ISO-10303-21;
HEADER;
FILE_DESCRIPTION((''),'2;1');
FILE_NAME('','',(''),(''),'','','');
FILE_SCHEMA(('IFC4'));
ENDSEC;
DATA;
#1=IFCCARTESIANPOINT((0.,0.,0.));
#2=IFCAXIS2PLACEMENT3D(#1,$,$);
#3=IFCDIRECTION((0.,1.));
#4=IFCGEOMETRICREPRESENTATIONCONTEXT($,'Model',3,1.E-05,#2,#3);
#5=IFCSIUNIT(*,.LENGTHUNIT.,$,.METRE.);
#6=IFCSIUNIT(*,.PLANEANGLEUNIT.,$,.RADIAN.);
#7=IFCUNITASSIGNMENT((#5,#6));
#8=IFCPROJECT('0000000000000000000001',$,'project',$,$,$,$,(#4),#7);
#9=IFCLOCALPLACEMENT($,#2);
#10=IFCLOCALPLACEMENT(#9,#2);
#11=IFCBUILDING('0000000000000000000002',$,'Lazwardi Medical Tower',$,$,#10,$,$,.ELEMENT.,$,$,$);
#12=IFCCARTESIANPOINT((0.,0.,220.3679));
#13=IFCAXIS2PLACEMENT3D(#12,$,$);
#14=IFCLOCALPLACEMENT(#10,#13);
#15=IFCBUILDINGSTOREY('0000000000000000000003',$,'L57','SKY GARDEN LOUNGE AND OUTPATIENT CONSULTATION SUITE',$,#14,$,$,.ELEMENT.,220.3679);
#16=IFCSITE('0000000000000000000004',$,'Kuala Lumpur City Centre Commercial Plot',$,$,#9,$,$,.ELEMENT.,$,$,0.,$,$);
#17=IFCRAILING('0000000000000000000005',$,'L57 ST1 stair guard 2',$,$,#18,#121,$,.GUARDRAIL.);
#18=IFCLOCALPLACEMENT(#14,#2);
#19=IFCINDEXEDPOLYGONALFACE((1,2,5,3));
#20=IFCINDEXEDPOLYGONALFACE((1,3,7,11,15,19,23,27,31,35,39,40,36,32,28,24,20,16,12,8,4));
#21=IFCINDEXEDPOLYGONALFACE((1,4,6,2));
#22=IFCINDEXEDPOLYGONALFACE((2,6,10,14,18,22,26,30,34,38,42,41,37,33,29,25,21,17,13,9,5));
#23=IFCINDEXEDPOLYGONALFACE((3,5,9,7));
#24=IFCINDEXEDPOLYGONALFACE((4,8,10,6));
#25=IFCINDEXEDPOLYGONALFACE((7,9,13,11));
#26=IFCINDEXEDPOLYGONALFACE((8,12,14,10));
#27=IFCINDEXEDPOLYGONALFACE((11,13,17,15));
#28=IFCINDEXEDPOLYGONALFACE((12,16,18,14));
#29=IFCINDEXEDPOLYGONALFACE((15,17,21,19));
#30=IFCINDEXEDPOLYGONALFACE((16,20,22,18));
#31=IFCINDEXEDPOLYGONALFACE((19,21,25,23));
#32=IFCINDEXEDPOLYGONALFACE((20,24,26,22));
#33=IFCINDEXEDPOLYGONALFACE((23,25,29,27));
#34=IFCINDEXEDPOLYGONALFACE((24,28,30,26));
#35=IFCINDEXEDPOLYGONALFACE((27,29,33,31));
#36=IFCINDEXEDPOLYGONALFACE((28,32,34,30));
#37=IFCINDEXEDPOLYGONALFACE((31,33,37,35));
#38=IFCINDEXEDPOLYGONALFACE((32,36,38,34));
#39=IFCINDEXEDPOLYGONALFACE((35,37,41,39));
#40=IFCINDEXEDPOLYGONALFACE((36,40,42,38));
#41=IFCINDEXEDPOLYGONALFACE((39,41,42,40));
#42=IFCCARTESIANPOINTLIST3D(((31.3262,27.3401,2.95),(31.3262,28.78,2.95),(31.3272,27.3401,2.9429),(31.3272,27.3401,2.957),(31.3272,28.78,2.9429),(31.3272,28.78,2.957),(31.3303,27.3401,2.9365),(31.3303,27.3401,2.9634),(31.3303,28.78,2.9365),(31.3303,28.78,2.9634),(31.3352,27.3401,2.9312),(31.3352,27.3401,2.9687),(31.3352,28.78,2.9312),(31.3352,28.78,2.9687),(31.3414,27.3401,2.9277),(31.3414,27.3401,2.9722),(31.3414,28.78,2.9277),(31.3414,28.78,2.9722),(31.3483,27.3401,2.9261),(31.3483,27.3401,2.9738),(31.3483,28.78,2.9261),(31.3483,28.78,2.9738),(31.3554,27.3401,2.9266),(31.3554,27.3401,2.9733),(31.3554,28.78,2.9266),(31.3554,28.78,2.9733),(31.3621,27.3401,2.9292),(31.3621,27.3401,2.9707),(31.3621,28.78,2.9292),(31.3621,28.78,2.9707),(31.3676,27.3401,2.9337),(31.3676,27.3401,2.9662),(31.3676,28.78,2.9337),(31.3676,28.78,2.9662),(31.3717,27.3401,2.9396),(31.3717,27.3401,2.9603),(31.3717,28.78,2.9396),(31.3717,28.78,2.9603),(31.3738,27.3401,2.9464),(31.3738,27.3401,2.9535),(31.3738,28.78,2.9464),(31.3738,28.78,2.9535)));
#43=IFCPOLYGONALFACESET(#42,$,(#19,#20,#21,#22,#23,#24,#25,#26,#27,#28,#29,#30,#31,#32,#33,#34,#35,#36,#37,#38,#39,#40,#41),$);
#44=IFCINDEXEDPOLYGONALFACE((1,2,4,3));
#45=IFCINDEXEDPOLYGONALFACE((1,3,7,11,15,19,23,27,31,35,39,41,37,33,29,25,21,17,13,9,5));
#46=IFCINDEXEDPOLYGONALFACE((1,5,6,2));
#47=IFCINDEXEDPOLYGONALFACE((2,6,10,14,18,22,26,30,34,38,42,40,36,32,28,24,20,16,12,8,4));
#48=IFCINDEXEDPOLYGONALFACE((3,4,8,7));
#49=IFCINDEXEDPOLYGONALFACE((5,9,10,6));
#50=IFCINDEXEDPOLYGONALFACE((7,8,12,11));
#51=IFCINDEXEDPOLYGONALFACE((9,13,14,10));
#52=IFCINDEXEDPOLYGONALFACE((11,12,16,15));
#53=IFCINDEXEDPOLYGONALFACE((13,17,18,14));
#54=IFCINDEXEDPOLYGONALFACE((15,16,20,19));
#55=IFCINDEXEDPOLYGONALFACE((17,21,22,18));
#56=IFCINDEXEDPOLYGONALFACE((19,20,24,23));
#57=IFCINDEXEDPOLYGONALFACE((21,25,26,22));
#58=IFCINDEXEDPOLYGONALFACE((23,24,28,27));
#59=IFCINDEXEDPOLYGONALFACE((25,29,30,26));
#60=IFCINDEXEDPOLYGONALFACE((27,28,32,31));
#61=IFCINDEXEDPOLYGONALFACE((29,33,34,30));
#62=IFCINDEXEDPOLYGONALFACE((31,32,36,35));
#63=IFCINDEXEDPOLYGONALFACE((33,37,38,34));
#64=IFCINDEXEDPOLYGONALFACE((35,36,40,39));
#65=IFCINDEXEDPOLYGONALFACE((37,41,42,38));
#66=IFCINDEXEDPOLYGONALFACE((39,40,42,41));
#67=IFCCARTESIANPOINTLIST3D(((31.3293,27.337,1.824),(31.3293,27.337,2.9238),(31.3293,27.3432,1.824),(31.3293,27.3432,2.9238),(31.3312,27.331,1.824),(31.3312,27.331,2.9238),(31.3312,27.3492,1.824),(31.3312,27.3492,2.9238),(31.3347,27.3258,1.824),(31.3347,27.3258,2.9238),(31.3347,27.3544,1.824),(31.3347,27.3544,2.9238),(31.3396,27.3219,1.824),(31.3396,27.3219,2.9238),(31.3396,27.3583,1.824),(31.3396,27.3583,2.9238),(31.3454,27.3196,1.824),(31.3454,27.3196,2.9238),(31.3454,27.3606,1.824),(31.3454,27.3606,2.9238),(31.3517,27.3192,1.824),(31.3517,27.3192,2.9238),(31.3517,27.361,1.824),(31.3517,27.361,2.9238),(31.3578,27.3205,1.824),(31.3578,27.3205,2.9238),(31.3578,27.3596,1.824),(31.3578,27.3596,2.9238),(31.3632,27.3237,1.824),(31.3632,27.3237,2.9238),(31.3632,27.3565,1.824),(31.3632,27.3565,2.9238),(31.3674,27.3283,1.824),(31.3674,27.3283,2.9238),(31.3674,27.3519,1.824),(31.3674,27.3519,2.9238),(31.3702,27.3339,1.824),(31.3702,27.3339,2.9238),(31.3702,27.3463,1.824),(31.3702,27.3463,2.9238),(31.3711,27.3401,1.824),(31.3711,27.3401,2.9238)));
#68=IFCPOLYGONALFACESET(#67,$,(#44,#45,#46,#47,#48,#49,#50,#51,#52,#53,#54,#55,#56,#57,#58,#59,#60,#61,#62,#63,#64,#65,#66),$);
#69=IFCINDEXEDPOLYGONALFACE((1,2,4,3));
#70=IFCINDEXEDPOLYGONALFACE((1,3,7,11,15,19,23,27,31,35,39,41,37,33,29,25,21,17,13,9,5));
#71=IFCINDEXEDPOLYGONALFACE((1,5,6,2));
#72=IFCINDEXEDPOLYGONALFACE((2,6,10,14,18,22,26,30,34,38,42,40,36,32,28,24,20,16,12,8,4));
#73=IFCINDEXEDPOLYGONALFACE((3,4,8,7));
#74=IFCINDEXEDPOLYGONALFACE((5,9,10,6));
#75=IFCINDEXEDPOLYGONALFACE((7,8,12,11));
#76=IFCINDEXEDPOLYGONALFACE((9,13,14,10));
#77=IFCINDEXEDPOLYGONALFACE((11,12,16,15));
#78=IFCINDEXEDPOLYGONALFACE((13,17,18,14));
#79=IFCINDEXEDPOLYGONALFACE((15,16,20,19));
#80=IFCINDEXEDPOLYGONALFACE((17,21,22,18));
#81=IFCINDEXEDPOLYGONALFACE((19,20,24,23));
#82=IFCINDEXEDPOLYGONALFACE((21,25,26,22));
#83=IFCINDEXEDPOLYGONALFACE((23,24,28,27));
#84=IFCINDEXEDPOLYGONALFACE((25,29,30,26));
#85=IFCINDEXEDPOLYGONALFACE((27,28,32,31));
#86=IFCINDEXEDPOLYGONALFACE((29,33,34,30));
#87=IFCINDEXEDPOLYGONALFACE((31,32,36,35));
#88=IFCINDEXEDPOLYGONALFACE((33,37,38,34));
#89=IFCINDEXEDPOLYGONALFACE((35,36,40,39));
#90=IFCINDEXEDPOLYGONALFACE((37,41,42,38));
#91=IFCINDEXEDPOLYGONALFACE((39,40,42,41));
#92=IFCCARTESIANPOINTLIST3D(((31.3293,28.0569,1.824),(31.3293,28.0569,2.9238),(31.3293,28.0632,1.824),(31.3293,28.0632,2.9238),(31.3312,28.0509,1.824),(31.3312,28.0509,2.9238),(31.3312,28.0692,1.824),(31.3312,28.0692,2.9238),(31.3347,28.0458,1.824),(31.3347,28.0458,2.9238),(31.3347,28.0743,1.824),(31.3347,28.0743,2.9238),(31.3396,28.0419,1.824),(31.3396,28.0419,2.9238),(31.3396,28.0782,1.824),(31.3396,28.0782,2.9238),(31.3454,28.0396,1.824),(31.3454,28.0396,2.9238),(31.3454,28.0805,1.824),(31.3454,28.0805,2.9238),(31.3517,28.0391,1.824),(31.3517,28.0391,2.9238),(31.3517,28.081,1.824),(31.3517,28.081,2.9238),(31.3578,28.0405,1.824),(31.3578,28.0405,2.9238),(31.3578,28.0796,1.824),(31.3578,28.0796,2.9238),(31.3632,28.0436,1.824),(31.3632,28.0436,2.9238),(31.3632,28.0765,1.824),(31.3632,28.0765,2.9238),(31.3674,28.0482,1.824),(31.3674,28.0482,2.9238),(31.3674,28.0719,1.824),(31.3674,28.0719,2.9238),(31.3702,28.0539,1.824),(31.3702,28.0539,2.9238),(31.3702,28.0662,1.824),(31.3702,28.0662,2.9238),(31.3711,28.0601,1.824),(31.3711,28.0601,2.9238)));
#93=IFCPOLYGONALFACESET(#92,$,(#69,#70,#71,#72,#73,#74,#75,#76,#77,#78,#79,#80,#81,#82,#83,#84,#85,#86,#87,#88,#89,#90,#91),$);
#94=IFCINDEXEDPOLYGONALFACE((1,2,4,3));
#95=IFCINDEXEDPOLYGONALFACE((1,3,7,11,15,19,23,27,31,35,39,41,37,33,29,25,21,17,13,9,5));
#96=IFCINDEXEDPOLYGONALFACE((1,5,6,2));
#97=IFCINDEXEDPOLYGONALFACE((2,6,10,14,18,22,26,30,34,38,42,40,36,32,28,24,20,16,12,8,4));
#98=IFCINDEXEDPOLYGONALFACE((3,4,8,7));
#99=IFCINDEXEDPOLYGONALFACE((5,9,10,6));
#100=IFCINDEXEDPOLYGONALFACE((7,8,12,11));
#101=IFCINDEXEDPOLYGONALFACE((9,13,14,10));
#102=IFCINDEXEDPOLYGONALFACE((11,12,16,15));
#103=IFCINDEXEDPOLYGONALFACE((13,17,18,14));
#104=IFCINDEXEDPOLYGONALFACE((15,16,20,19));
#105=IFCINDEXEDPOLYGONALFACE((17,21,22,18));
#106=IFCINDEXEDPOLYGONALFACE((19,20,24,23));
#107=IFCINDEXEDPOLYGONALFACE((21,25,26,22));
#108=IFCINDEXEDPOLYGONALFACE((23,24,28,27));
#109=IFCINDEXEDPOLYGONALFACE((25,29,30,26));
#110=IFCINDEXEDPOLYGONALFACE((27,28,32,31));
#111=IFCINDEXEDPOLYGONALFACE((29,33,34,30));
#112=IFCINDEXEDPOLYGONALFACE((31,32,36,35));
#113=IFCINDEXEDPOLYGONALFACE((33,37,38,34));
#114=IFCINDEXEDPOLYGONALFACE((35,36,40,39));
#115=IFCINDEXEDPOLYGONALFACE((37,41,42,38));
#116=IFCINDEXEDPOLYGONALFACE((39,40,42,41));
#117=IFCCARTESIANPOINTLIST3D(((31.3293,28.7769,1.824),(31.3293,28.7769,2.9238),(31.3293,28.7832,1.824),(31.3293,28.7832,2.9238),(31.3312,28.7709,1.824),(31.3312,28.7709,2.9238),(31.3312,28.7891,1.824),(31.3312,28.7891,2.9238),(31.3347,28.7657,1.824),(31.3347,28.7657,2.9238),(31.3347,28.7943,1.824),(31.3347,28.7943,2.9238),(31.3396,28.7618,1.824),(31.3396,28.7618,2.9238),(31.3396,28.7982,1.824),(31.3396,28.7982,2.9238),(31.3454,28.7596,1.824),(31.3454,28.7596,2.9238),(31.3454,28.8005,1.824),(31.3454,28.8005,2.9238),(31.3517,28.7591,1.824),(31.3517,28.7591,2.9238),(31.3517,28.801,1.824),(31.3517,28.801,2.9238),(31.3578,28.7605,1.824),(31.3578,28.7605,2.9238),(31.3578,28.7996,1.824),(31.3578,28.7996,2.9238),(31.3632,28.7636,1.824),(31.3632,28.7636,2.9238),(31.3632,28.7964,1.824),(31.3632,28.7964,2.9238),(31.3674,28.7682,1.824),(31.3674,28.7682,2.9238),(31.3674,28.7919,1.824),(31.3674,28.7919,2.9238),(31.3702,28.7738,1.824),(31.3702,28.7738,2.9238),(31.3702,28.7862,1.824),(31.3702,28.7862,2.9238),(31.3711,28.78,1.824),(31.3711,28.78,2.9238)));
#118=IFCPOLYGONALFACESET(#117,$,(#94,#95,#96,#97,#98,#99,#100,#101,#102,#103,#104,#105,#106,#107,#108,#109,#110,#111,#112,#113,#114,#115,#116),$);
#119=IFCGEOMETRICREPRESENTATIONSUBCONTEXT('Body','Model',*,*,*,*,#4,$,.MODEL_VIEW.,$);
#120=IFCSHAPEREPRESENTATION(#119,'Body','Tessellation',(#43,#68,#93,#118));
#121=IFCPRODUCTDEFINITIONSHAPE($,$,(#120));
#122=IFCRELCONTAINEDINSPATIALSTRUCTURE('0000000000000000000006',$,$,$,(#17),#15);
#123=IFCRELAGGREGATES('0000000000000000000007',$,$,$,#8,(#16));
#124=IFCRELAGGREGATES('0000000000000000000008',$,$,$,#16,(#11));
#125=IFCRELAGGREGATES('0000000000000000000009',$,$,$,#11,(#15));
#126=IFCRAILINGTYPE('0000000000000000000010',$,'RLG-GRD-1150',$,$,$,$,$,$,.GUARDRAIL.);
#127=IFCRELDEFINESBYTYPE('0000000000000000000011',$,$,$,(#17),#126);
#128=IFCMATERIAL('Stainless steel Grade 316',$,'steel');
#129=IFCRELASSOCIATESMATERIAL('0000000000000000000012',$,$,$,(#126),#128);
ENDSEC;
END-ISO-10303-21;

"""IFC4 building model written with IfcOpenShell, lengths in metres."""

from ifc_helpers import new_model, si_unit, direction, frame, origin, origin_2d, place, context, subcontext, project, spatial, circle, extrude, material, type_object, element, save


model = new_model("IFC4")

# Units and contexts
model_context = context("Model", 3, precision=1e-05, world=origin(), true_north=direction((0.0, 1.0)))
body_context = subcontext(model_context, "Body", "Model", "MODEL_VIEW")
ifc_project = project(units=[si_unit("LENGTHUNIT", "METRE"), si_unit("PLANEANGLEUNIT", "RADIAN")], contexts=[model_context])

# Site, building, storey
site_placement = place(None, origin())
site = spatial("IfcSite", under=ifc_project, at=site_placement, Name="Kuala Lumpur City Centre Commercial Plot", CompositionType="ELEMENT", RefElevation=0.0)
building_placement = place(site_placement, origin())
building = spatial("IfcBuilding", under=site, at=building_placement, Name="Lazwardi Medical Tower", CompositionType="ELEMENT")
storey_placement = place(building_placement, frame((0.0, 0.0, 220.3679)))
storey = spatial("IfcBuildingStorey", under=building, at=storey_placement, Name="L57", Description="SKY GARDEN LOUNGE AND OUTPATIENT CONSULTATION SUITE", CompositionType="ELEMENT", Elevation=220.3679)

# Railing
ifc_material_1 = material(Name="Stainless steel Grade 316", Category="steel")
railing_type_1 = type_object("IfcRailingType", Name="RLG-GRD-1150", PredefinedType="GUARDRAIL", material=ifc_material_1)
railing_1_placement = place(storey_placement, frame((31.3501, 27.3401, 1.824)))
element("IfcRailing", 1, at=railing_1_placement, inside=storey, type_object=railing_type_1, Name="L57 ST1 stair guard 2", PredefinedType="GUARDRAIL", context=body_context, shape_type="SweptSolid", body=[
    extrude(circle(Radius=0.0239, at=origin_2d()), frame((0.0, 0.0, 1.126), z_axis=(0.0, 1.0, 0.0), x_axis=(-1.0, 0.0, 0.0)), (0.0, 0.0, 1.0), 1.4399),
    extrude(circle(Radius=0.021, at=origin_2d()), origin(), (0.0, 0.0, 1.0), 1.0999),
    extrude(circle(Radius=0.021, at=origin_2d()), frame((0.0, 0.72, 0.0)), (0.0, 0.0, 1.0), 1.0999),
    extrude(circle(Radius=0.021, at=origin_2d()), frame((0.0, 1.4399, 0.0)), (0.0, 0.0, 1.0), 1.0999),
])

save(model, "model.ifc")
